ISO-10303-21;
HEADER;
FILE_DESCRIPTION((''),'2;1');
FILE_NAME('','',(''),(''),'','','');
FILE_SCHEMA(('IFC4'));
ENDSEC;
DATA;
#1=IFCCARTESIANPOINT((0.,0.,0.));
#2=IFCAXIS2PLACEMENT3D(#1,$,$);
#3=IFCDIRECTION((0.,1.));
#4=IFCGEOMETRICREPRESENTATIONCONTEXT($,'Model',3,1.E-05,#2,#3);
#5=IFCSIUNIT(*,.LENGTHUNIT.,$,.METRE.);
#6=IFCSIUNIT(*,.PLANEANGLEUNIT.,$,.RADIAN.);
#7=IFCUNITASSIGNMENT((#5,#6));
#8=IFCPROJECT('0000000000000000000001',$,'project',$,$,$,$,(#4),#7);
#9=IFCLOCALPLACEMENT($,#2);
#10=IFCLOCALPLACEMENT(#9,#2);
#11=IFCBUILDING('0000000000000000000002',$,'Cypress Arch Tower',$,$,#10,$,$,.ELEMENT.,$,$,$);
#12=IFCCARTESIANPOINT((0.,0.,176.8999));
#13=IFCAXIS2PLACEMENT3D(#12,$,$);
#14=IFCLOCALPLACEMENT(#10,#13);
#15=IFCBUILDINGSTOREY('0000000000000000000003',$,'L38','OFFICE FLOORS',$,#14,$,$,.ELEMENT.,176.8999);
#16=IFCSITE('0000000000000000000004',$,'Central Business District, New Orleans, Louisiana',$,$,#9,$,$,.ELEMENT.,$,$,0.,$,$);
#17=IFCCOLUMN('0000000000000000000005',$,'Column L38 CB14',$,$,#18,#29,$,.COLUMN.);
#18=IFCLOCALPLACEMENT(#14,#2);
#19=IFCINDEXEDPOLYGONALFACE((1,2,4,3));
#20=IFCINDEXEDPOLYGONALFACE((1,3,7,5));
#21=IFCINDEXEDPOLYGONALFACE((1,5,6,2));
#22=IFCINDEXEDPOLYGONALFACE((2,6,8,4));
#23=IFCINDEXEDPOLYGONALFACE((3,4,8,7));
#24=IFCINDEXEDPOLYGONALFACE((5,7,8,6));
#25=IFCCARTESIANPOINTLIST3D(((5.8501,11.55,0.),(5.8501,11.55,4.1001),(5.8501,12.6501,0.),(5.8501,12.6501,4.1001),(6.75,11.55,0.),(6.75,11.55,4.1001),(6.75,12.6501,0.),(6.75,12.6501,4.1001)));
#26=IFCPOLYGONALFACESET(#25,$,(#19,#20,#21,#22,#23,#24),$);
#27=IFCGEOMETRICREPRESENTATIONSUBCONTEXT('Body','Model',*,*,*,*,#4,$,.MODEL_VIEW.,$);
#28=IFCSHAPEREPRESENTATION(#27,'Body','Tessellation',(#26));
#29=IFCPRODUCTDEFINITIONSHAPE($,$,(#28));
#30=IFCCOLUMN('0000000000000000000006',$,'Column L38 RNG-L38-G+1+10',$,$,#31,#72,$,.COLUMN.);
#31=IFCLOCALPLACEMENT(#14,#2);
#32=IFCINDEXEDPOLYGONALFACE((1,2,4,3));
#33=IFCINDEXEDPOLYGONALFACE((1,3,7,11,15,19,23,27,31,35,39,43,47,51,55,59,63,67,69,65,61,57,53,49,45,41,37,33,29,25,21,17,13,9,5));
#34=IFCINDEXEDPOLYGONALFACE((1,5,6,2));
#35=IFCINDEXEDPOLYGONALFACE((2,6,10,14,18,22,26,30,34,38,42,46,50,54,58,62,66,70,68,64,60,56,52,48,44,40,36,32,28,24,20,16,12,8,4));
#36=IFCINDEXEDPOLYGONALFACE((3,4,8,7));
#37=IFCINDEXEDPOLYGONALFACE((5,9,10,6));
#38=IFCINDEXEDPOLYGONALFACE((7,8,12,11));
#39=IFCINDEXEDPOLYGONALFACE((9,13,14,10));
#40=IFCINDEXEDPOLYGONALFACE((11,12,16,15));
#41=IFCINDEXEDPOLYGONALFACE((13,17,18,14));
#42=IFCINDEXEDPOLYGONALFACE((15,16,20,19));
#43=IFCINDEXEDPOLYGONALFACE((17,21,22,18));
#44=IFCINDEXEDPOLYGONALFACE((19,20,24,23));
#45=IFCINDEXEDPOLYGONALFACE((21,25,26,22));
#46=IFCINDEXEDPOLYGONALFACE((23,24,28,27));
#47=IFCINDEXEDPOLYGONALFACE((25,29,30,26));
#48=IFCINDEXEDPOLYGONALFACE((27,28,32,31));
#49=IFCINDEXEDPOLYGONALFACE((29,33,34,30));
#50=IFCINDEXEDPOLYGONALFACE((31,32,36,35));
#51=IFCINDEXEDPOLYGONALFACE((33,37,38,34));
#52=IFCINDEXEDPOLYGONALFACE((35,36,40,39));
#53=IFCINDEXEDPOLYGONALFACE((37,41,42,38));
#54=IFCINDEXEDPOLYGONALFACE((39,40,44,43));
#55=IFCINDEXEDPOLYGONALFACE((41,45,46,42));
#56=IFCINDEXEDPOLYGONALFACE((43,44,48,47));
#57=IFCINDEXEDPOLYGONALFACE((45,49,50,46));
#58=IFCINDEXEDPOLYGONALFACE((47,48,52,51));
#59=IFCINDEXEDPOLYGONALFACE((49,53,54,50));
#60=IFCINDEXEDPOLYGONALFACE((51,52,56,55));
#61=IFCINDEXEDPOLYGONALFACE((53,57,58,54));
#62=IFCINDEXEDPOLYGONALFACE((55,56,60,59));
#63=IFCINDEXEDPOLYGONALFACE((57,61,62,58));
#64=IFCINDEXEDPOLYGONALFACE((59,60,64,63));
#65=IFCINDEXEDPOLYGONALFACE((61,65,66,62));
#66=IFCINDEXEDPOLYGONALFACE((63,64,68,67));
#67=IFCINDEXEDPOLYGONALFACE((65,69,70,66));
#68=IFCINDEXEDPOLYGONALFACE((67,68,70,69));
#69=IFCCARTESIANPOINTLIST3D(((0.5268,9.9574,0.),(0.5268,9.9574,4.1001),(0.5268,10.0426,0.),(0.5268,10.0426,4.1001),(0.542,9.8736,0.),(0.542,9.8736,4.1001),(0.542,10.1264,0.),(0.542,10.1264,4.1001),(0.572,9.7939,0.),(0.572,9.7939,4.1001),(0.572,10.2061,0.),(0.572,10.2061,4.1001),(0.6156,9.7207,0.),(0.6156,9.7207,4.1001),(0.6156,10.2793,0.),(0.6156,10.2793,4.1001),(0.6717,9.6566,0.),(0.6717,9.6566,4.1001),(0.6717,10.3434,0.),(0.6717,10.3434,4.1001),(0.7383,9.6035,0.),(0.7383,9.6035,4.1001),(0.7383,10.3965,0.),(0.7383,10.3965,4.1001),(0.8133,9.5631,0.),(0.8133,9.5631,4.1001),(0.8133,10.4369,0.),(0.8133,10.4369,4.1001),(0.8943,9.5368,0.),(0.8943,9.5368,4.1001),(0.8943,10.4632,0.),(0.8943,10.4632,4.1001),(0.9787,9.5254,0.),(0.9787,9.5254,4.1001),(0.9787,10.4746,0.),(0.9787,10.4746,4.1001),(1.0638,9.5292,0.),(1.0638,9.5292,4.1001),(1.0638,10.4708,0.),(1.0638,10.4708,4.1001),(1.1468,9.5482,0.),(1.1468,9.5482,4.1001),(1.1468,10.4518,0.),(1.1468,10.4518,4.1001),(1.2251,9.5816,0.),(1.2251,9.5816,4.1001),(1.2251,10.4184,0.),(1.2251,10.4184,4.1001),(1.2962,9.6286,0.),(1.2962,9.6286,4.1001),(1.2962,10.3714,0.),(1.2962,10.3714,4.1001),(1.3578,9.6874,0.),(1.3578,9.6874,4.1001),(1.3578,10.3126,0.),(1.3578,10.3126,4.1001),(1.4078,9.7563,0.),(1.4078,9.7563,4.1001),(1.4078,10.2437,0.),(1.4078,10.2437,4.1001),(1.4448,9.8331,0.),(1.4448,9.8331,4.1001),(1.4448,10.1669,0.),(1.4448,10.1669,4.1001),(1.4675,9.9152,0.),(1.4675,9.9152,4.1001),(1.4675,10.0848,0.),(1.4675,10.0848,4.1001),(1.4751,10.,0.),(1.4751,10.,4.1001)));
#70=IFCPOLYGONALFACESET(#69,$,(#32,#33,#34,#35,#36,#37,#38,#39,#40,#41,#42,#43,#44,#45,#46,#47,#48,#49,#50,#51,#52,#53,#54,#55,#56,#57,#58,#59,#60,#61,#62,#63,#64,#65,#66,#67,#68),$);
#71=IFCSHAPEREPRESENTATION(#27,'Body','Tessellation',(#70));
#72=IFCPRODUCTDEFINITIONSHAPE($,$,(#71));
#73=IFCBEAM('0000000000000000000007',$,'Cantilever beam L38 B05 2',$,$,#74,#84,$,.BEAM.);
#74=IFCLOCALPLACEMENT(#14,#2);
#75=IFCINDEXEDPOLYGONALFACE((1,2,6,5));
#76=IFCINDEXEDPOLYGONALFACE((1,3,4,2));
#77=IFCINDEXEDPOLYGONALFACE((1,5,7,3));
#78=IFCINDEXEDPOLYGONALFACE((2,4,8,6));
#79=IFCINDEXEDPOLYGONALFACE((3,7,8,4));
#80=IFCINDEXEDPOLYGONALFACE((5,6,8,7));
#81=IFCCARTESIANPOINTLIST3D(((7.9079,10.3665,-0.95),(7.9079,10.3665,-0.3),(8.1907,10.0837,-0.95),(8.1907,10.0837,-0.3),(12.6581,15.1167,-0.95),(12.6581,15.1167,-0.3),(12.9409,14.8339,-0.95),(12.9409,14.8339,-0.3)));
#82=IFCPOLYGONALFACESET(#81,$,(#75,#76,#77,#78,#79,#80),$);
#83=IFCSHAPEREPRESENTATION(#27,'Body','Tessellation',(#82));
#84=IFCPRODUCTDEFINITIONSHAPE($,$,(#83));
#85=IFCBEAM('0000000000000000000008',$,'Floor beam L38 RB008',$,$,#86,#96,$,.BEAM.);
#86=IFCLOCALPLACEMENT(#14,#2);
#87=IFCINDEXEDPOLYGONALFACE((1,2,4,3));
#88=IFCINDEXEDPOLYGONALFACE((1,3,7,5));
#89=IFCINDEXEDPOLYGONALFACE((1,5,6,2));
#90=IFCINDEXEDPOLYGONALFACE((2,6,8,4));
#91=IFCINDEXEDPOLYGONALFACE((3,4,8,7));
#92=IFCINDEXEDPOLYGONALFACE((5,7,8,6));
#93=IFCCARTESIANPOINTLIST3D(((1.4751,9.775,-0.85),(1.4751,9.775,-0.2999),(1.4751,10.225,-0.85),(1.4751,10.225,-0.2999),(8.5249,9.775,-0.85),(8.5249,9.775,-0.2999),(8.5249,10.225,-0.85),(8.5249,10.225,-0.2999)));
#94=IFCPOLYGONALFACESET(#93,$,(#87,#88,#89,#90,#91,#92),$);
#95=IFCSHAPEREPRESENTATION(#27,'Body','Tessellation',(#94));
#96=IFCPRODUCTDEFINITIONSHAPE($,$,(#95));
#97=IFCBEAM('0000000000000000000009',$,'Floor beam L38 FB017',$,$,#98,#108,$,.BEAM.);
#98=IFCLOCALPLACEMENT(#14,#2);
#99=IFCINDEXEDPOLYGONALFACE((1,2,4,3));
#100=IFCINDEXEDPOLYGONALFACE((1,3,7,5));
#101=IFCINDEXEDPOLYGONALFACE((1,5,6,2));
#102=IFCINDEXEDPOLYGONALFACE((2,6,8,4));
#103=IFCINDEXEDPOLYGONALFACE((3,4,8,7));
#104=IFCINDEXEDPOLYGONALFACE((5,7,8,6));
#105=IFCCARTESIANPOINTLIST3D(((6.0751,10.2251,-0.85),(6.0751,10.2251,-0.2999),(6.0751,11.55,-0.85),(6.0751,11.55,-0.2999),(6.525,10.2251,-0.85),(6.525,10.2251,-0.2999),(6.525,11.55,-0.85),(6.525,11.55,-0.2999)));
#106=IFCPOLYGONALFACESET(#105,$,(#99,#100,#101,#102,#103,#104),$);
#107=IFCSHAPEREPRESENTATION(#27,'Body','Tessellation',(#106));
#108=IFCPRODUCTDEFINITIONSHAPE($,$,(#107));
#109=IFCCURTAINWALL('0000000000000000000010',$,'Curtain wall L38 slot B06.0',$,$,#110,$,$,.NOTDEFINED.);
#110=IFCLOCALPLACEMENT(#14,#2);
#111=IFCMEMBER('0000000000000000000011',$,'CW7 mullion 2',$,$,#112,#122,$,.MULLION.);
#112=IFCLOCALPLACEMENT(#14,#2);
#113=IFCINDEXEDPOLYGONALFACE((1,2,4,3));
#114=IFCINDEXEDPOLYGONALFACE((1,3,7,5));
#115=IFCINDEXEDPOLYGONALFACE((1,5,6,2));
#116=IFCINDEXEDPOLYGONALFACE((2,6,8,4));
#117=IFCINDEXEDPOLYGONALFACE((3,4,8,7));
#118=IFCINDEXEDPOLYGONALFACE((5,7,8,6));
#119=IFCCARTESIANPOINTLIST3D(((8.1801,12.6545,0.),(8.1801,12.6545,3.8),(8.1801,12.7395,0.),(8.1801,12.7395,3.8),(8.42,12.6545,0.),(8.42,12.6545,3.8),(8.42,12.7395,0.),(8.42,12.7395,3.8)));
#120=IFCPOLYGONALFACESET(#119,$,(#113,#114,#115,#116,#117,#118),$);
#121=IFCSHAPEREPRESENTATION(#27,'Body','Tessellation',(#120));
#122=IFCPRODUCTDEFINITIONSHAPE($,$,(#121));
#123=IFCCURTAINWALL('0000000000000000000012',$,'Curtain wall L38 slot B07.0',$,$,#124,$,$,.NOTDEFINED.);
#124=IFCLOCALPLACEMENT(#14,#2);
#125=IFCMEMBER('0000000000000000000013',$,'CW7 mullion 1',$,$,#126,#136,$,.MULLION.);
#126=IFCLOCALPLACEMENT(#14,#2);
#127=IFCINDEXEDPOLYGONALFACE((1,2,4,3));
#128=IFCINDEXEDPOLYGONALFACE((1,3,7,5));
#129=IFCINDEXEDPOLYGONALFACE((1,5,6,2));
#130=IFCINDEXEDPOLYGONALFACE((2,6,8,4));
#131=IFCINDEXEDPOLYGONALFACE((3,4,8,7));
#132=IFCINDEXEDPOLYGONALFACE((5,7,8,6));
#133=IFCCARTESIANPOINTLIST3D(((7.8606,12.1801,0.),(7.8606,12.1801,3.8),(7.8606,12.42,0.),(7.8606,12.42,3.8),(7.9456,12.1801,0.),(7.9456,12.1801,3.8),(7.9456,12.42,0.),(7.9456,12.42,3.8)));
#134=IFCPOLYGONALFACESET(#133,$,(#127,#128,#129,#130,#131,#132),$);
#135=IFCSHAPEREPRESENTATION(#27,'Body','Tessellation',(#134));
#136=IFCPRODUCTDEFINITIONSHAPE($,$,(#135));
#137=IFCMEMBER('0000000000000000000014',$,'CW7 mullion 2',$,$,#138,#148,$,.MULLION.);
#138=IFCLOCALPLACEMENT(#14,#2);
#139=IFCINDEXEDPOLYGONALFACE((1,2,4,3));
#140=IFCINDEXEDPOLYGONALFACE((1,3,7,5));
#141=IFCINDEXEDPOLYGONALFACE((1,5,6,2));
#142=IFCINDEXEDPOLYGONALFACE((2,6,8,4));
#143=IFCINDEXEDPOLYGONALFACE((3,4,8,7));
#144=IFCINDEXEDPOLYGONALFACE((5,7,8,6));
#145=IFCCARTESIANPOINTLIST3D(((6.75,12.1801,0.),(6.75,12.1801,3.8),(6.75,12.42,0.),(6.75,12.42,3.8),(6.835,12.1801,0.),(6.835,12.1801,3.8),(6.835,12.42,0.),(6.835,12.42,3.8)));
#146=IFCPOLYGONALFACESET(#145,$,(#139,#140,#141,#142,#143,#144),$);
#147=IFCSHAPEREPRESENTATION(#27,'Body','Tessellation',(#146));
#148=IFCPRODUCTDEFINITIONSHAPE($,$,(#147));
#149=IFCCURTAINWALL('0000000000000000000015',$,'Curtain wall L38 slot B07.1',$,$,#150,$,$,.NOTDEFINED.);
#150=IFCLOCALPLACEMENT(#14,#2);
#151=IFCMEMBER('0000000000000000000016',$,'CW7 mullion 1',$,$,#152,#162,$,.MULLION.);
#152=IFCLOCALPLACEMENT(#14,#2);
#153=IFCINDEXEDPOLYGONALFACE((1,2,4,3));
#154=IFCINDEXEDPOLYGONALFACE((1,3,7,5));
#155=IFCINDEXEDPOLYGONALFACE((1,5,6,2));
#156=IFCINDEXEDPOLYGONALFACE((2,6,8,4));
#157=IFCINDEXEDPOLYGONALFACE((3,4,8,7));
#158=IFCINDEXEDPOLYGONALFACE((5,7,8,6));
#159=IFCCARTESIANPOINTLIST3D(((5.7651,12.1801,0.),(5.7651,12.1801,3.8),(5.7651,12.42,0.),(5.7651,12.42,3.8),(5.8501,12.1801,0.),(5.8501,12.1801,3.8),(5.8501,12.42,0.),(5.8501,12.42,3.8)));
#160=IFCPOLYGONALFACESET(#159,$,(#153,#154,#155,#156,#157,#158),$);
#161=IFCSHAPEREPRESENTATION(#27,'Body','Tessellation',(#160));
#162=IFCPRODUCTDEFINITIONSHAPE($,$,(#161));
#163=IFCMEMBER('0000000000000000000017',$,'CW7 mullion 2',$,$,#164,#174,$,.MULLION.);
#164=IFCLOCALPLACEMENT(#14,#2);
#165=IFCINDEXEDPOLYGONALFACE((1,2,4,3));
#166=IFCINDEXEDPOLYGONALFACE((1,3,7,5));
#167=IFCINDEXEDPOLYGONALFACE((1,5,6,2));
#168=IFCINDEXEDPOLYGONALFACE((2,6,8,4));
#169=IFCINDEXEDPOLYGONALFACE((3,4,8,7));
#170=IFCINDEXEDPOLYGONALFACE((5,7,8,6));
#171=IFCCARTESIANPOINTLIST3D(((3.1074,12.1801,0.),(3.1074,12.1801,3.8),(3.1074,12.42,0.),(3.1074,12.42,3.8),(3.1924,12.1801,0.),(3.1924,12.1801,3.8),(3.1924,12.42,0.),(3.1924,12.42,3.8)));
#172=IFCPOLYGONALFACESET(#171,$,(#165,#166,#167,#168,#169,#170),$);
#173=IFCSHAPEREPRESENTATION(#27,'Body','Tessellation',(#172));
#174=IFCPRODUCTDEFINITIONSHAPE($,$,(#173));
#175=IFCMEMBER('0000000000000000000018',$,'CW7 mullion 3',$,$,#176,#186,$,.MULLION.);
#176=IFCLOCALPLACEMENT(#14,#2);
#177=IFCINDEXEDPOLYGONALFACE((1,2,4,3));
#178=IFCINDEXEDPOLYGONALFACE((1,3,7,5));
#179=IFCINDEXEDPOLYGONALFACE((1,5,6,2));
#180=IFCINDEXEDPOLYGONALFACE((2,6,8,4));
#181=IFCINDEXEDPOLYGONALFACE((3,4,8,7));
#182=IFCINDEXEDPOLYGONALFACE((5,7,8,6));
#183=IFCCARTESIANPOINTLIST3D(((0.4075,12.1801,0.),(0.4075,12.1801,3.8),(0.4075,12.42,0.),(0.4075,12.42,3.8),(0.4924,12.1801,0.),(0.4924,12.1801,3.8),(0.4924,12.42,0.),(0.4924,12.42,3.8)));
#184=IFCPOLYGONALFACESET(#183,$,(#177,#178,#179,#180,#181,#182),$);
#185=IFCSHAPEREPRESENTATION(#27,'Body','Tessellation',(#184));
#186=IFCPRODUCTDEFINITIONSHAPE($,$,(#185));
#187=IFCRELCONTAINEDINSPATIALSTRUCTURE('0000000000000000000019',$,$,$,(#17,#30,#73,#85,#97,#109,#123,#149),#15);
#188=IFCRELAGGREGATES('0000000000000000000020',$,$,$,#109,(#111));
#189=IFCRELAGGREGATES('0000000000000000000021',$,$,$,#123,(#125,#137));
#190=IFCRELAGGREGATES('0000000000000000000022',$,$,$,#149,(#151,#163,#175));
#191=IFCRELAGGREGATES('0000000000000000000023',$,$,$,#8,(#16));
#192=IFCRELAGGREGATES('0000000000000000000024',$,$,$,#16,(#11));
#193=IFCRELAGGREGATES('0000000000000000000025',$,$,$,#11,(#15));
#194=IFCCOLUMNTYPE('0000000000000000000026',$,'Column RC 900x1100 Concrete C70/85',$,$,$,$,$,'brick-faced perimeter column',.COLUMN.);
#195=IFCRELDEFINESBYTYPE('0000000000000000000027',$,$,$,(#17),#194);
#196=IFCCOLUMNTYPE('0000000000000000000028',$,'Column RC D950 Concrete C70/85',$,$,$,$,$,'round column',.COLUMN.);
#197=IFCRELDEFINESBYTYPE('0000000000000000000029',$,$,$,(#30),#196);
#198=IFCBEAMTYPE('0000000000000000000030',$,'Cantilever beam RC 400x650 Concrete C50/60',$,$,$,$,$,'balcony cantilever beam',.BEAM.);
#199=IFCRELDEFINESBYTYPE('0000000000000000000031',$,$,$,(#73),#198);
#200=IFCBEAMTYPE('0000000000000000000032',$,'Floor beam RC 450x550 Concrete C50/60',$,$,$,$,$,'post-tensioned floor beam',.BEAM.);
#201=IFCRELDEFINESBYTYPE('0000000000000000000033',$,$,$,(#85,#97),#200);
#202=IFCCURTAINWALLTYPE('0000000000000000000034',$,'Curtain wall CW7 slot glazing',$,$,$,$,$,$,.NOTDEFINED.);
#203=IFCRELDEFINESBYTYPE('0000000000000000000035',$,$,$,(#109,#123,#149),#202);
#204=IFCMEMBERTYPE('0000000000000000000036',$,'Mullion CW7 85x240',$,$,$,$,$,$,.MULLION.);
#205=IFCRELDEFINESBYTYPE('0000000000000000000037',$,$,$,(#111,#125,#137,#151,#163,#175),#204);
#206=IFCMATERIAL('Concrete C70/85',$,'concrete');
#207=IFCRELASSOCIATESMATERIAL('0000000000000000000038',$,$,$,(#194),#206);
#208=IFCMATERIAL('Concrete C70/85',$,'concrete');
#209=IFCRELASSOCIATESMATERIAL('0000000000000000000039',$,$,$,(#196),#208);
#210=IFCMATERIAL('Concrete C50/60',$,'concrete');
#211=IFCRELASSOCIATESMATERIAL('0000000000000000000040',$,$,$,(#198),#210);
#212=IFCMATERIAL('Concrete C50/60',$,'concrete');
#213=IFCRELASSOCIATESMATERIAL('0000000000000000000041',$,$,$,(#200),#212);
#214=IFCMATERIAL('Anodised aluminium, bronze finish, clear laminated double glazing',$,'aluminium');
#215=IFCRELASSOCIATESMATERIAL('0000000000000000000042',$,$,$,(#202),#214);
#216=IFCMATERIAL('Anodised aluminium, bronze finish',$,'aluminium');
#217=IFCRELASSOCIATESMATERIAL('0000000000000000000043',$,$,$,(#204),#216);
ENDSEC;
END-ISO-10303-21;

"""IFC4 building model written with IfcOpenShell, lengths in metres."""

from ifc_helpers import new_model, si_unit, direction, frame, origin, origin_2d, place, context, subcontext, project, spatial, rectangle, circle, extrude, material, material_profile, profile_set, type_object, element, aggregate, save


model = new_model("IFC4")

# Units and contexts
model_context = context("Model", 3, precision=1e-05, world=origin(), true_north=direction((0.0, 1.0)))
body_context = subcontext(model_context, "Body", "Model", "MODEL_VIEW")
ifc_project = project(units=[si_unit("LENGTHUNIT", "METRE"), si_unit("PLANEANGLEUNIT", "RADIAN")], contexts=[model_context])

# Site, building, storey
site_placement = place(None, origin())
site = spatial("IfcSite", under=ifc_project, at=site_placement, Name="Central Business District, New Orleans, Louisiana", CompositionType="ELEMENT", RefElevation=0.0)
building_placement = place(site_placement, origin())
building = spatial("IfcBuilding", under=site, at=building_placement, Name="Cypress Arch Tower", CompositionType="ELEMENT")
storey_placement = place(building_placement, frame((0.0, 0.0, 176.8999)))
storey = spatial("IfcBuildingStorey", under=building, at=storey_placement, Name="L38", Description="OFFICE FLOORS", CompositionType="ELEMENT", Elevation=176.8999)

# Columns
ifc_material_1 = material(Name="Concrete C70/85", Category="concrete")
ifc_material_profile_1 = material_profile(ifc_material_1, rectangle(XDim=0.8999, YDim=1.1001, at=origin_2d()), Name="RC 900x1100")
ifc_profile_set_1 = profile_set([ifc_material_profile_1], Name="Concrete C70/85")
column_type_1 = type_object("IfcColumnType", Name="Column RC 900x1100 Concrete C70/85", ElementType="brick-faced perimeter column", PredefinedType="COLUMN", material=ifc_profile_set_1)
column_1_placement = place(storey_placement, frame((6.3, 12.1001, 0.0), z_axis=(0.0, 0.0, 1.0), x_axis=(-1.0, 0.0, 0.0)))
element("IfcColumn", 1, at=column_1_placement, inside=storey, type_object=column_type_1, Name="Column L38 CB14", PredefinedType="COLUMN", context=body_context, shape_type="SweptSolid", body=[
    extrude(rectangle(XDim=0.8999, YDim=1.1001, at=origin_2d()), origin(), (0.0, 0.0, 1.0), 4.1001),
])
ifc_material_2 = material(Name="Concrete C70/85", Category="concrete")
ifc_material_profile_2 = material_profile(ifc_material_2, circle(Radius=0.4751, at=origin_2d()), Name="RC D950")
ifc_profile_set_2 = profile_set([ifc_material_profile_2], Name="Concrete C70/85")
column_type_2 = type_object("IfcColumnType", Name="Column RC D950 Concrete C70/85", ElementType="round column", PredefinedType="COLUMN", material=ifc_profile_set_2)
column_2_placement = place(storey_placement, frame((1.0, 10.0, 0.0), z_axis=(0.0, 0.0, 1.0), x_axis=(1.0, 0.0, 0.0)))
element("IfcColumn", 2, at=column_2_placement, inside=storey, type_object=column_type_2, Name="Column L38 RNG-L38-G+1+10", PredefinedType="COLUMN", context=body_context, shape_type="SweptSolid", body=[
    extrude(circle(Radius=0.4751, at=origin_2d()), origin(), (0.0, 0.0, 1.0), 4.1001),
])

# Beams
ifc_material_3 = material(Name="Concrete C50/60", Category="concrete")
ifc_material_profile_3 = material_profile(ifc_material_3, rectangle(XDim=0.3999, YDim=0.6499, at=origin_2d()), Name="RC 400x650")
ifc_profile_set_3 = profile_set([ifc_material_profile_3], Name="Concrete C50/60")
beam_type_1 = type_object("IfcBeamType", Name="Cantilever beam RC 400x650 Concrete C50/60", ElementType="balcony cantilever beam", PredefinedType="BEAM", material=ifc_profile_set_3)
beam_1_placement = place(storey_placement, frame((8.0493, 10.2251, -0.625), z_axis=(0.707107, 0.707107, 0.0), x_axis=(-0.707107, 0.707107, 0.0)))
element("IfcBeam", 3, at=beam_1_placement, inside=storey, type_object=beam_type_1, Name="Cantilever beam L38 B05 2", PredefinedType="BEAM", context=body_context, shape_type="SweptSolid", body=[
    extrude(rectangle(XDim=0.3999, YDim=0.6499, at=origin_2d()), origin(), (0.0, 0.0, 1.0), 6.7178),
])
ifc_material_4 = material(Name="Concrete C50/60", Category="concrete")
ifc_material_profile_4 = material_profile(ifc_material_4, rectangle(XDim=0.45, YDim=0.55, at=origin_2d()), Name="RC 450x550")
ifc_profile_set_4 = profile_set([ifc_material_profile_4], Name="Concrete C50/60")
beam_type_2 = type_object("IfcBeamType", Name="Floor beam RC 450x550 Concrete C50/60", ElementType="post-tensioned floor beam", PredefinedType="BEAM", material=ifc_profile_set_4)
beam_2_placement = place(storey_placement, frame((1.4751, 10.0, -0.575), z_axis=(1.0, 0.0, 0.0), x_axis=(0.0, 1.0, 0.0)))
element("IfcBeam", 4, at=beam_2_placement, inside=storey, type_object=beam_type_2, Name="Floor beam L38 RB008", PredefinedType="BEAM", context=body_context, shape_type="SweptSolid", body=[
    extrude(rectangle(XDim=0.45, YDim=0.55, at=origin_2d()), origin(), (0.0, 0.0, 1.0), 7.0498),
])
beam_3_placement = place(storey_placement, frame((6.3, 10.2251, -0.575), z_axis=(0.0, 1.0, 0.0), x_axis=(-1.0, 0.0, 0.0)))
element("IfcBeam", 5, at=beam_3_placement, inside=storey, type_object=beam_type_2, Name="Floor beam L38 FB017", PredefinedType="BEAM", context=body_context, shape_type="SweptSolid", body=[
    extrude(rectangle(XDim=0.45, YDim=0.55, at=origin_2d()), origin(), (0.0, 0.0, 1.0), 1.325),
])

# Curtain wall, member
ifc_material_5 = material(Name="Anodised aluminium, bronze finish, clear laminated double glazing", Category="aluminium")
curtain_wall_type = type_object("IfcCurtainWallType", Name="Curtain wall CW7 slot glazing", PredefinedType="NOTDEFINED", material=ifc_material_5)
curtain_wall_1_placement = place(storey_placement, origin())
curtain_wall_1 = element("IfcCurtainWall", 6, at=curtain_wall_1_placement, inside=storey, type_object=curtain_wall_type, Name="Curtain wall L38 slot B06.0", PredefinedType="NOTDEFINED")
ifc_material_6 = material(Name="Anodised aluminium, bronze finish", Category="aluminium")
ifc_material_profile_5 = material_profile(ifc_material_6, rectangle(XDim=0.24, YDim=0.085, at=origin_2d()), Name="Mullion 85x240")
ifc_profile_set_5 = profile_set([ifc_material_profile_5], Name="Anodised aluminium, bronze finish")
member_type_1 = type_object("IfcMemberType", Name="Mullion CW7 85x240", PredefinedType="MULLION", material=ifc_profile_set_5)
member_1_placement = place(storey_placement, frame((8.3, 12.697, 0.0), z_axis=(0.0, 0.0, 1.0), x_axis=(1.0, 0.0, 0.0)))
member_1 = element("IfcMember", 7, at=member_1_placement, type_object=member_type_1, Name="CW7 mullion 2", PredefinedType="MULLION", context=body_context, shape_type="SweptSolid", body=[
    extrude(rectangle(XDim=0.24, YDim=0.085, at=origin_2d()), origin(), (0.0, 0.0, 1.0), 3.8),
])
aggregate(curtain_wall_1, [member_1])

# Curtain walls, members
curtain_wall_2_placement = place(storey_placement, origin())
curtain_wall_2 = element("IfcCurtainWall", 8, at=curtain_wall_2_placement, inside=storey, type_object=curtain_wall_type, Name="Curtain wall L38 slot B07.0", PredefinedType="NOTDEFINED")
member_2_placement = place(storey_placement, frame((7.9031, 12.3, 0.0), z_axis=(0.0, 0.0, 1.0), x_axis=(0.0, -1.0, 0.0)))
member_2 = element("IfcMember", 9, at=member_2_placement, type_object=member_type_1, Name="CW7 mullion 1", PredefinedType="MULLION", context=body_context, shape_type="SweptSolid", body=[
    extrude(rectangle(XDim=0.24, YDim=0.085, at=origin_2d()), origin(), (0.0, 0.0, 1.0), 3.8),
])
member_3_placement = place(storey_placement, frame((6.7925, 12.3, 0.0), z_axis=(0.0, 0.0, 1.0), x_axis=(0.0, -1.0, 0.0)))
member_3 = element("IfcMember", 10, at=member_3_placement, type_object=member_type_1, Name="CW7 mullion 2", PredefinedType="MULLION", context=body_context, shape_type="SweptSolid", body=[
    extrude(rectangle(XDim=0.24, YDim=0.085, at=origin_2d()), origin(), (0.0, 0.0, 1.0), 3.8),
])
curtain_wall_3_placement = place(storey_placement, origin())
curtain_wall_3 = element("IfcCurtainWall", 11, at=curtain_wall_3_placement, inside=storey, type_object=curtain_wall_type, Name="Curtain wall L38 slot B07.1", PredefinedType="NOTDEFINED")
member_4_placement = place(storey_placement, frame((5.8076, 12.3, 0.0), z_axis=(0.0, 0.0, 1.0), x_axis=(0.0, -1.0, 0.0)))
member_4 = element("IfcMember", 12, at=member_4_placement, type_object=member_type_1, Name="CW7 mullion 1", PredefinedType="MULLION", context=body_context, shape_type="SweptSolid", body=[
    extrude(rectangle(XDim=0.24, YDim=0.085, at=origin_2d()), origin(), (0.0, 0.0, 1.0), 3.8),
])
member_5_placement = place(storey_placement, frame((3.1499, 12.3, 0.0), z_axis=(0.0, 0.0, 1.0), x_axis=(0.0, -1.0, 0.0)))
member_5 = element("IfcMember", 13, at=member_5_placement, type_object=member_type_1, Name="CW7 mullion 2", PredefinedType="MULLION", context=body_context, shape_type="SweptSolid", body=[
    extrude(rectangle(XDim=0.24, YDim=0.085, at=origin_2d()), origin(), (0.0, 0.0, 1.0), 3.8),
])
member_6_placement = place(storey_placement, frame((0.45, 12.3, 0.0), z_axis=(0.0, 0.0, 1.0), x_axis=(0.0, -1.0, 0.0)))
member_6 = element("IfcMember", 14, at=member_6_placement, type_object=member_type_1, Name="CW7 mullion 3", PredefinedType="MULLION", context=body_context, shape_type="SweptSolid", body=[
    extrude(rectangle(XDim=0.24, YDim=0.085, at=origin_2d()), origin(), (0.0, 0.0, 1.0), 3.8),
])

aggregate(curtain_wall_2, [member_2, member_3])
aggregate(curtain_wall_3, [member_4, member_5, member_6])

save(model, "model.ifc")
